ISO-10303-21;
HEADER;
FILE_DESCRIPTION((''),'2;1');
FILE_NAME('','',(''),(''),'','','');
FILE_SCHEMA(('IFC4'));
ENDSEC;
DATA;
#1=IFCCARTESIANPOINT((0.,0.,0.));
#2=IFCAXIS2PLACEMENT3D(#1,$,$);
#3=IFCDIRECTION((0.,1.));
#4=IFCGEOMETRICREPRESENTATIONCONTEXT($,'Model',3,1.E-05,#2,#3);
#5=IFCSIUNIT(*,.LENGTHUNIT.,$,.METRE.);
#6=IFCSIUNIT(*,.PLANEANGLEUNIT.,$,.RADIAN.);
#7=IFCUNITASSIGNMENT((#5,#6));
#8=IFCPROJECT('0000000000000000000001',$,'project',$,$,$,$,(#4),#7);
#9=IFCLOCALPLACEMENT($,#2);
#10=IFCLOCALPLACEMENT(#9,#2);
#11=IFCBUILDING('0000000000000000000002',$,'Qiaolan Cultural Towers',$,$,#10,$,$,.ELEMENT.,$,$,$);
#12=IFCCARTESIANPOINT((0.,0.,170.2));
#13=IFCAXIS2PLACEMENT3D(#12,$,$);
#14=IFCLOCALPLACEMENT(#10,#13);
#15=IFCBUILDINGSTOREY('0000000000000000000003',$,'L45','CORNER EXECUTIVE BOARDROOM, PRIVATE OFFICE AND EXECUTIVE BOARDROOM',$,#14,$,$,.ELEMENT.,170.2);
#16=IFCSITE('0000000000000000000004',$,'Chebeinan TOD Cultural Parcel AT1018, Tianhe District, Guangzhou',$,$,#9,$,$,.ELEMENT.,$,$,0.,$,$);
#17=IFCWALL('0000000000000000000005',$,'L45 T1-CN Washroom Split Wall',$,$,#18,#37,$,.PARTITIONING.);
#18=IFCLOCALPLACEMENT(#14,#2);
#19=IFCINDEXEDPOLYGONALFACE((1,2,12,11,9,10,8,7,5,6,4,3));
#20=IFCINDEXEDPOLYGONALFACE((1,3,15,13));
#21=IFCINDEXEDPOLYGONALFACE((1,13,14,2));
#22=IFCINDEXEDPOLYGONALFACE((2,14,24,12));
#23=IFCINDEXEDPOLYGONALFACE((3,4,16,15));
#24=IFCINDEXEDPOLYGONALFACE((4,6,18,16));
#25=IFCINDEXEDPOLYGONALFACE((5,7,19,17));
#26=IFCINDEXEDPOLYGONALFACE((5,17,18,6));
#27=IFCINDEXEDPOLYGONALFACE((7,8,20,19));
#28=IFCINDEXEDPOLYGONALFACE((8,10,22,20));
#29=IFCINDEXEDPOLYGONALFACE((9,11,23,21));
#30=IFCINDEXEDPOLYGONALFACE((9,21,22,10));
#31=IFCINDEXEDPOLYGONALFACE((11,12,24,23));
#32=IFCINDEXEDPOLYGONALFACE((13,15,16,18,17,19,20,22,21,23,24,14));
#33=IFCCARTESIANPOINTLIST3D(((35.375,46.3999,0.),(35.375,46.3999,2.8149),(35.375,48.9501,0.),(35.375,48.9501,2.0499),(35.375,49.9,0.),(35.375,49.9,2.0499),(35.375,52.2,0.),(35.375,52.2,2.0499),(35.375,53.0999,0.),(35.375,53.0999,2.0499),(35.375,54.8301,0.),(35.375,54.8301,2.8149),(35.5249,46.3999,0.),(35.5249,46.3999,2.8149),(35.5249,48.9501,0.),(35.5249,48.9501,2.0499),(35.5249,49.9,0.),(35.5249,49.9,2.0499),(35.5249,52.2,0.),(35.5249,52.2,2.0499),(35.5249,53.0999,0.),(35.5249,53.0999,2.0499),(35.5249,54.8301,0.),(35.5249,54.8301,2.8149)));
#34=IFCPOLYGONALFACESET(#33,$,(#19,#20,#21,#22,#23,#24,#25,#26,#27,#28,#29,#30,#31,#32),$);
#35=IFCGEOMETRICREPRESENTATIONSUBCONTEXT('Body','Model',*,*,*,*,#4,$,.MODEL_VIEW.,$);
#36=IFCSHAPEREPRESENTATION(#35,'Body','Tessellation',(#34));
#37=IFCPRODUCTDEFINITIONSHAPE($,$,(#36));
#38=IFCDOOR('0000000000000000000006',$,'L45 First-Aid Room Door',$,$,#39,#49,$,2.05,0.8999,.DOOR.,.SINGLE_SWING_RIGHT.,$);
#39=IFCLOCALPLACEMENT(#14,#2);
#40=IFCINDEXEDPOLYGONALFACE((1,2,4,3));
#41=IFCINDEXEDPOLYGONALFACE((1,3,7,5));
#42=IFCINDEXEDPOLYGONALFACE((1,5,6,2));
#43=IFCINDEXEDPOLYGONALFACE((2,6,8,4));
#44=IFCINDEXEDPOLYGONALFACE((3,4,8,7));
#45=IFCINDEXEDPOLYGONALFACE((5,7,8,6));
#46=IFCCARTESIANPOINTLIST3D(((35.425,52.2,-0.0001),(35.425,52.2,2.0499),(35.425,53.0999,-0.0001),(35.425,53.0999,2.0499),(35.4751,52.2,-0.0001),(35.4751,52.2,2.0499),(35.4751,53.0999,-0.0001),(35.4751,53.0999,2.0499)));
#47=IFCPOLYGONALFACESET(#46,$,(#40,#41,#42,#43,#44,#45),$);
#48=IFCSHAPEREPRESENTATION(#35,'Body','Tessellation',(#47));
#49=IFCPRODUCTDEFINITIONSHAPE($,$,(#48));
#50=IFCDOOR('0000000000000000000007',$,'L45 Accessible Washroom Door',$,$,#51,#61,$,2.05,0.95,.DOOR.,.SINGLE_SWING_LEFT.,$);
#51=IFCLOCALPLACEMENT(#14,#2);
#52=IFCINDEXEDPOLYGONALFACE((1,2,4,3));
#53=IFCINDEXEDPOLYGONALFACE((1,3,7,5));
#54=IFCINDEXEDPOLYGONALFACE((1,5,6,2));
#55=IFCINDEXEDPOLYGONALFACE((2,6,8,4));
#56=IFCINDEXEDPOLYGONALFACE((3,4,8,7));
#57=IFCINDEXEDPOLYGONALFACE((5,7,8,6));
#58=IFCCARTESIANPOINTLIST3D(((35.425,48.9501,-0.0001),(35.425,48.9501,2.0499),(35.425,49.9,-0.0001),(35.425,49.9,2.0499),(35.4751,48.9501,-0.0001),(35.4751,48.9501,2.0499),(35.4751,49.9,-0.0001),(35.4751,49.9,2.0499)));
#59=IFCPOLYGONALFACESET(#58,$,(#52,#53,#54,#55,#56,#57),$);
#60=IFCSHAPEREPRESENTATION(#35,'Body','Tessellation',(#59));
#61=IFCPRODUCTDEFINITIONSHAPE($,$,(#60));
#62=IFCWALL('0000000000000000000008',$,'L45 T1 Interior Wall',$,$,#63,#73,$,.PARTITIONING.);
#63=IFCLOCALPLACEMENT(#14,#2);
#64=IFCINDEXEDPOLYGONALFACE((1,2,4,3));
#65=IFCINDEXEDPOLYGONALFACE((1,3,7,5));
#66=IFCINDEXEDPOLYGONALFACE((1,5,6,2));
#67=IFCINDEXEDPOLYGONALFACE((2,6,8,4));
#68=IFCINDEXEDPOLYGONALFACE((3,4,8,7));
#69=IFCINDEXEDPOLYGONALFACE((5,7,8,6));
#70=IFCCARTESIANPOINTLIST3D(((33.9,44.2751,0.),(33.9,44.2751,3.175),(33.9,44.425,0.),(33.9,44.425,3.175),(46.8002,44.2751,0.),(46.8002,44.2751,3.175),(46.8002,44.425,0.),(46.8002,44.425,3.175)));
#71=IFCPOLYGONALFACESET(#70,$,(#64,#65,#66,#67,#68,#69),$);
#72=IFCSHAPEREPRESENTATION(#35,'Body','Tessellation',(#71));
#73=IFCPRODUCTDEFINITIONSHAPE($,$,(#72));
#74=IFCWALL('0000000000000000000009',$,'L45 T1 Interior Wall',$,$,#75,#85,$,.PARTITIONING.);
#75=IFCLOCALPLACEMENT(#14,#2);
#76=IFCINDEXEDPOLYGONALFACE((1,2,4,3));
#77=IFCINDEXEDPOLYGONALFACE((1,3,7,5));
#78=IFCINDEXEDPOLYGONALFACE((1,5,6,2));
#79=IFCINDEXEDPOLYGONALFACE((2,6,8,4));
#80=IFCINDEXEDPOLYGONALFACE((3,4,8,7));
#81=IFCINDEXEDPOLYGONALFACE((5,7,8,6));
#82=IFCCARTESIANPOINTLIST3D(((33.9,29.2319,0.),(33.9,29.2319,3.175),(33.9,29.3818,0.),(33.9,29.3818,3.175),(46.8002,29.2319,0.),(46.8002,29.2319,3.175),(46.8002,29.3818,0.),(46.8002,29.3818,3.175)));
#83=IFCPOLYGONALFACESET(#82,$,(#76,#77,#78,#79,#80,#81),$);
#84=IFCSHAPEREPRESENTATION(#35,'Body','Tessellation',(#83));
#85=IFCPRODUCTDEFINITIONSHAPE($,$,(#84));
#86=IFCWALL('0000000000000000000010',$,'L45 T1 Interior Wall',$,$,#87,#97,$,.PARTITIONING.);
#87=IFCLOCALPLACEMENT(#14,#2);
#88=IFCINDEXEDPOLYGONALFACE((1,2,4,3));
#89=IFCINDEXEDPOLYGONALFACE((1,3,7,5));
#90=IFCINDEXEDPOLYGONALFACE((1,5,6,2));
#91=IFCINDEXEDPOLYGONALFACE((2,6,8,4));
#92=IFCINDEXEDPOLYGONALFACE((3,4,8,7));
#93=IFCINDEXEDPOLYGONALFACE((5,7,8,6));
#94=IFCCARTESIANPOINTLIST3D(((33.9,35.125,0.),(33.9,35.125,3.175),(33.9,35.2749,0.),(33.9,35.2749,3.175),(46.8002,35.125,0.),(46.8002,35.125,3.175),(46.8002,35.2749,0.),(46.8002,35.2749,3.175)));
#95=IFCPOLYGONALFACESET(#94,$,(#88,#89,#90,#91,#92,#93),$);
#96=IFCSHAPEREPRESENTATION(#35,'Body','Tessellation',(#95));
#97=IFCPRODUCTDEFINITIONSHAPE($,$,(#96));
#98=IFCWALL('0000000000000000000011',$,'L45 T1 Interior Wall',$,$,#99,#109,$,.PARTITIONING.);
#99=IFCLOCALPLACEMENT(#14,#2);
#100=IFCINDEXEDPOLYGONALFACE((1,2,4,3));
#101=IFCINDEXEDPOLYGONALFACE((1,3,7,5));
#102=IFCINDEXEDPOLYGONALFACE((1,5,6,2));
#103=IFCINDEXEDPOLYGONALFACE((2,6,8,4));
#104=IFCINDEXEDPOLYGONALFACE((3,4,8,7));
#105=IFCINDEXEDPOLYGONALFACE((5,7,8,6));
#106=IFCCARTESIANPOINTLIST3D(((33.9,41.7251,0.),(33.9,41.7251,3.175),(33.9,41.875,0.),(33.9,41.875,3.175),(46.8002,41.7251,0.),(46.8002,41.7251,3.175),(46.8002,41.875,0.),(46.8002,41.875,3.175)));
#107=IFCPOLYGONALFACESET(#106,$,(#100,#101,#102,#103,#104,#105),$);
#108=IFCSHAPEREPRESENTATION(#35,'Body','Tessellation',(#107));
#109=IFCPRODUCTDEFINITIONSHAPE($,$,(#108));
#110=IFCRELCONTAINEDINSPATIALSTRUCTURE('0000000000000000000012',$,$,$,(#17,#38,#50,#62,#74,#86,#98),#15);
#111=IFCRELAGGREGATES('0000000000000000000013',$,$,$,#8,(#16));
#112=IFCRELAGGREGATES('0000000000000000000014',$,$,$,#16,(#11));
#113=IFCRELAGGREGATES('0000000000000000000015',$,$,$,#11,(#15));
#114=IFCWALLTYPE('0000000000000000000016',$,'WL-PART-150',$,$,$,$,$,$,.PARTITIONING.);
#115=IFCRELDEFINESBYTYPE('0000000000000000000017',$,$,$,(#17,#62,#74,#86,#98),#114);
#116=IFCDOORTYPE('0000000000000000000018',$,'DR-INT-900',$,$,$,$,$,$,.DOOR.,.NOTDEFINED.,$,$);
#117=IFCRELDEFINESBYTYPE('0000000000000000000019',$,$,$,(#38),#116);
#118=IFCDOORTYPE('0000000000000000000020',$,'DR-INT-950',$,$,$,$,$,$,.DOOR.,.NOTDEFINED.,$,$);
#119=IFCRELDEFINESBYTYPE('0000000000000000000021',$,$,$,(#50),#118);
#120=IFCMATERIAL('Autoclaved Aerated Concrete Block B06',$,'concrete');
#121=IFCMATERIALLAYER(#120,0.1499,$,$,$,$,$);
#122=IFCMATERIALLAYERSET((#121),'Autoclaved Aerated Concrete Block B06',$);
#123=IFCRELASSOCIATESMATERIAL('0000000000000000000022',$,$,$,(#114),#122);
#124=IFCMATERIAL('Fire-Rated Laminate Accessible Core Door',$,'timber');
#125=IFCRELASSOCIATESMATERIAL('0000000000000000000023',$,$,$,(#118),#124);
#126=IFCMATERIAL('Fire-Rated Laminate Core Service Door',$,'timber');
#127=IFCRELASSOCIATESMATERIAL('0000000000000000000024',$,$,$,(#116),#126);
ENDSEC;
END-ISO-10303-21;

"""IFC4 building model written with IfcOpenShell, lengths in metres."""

from ifc_helpers import new_model, si_unit, direction, frame, frame_2d, origin, place, context, subcontext, project, spatial, rectangle, extrude, material, layer, layer_set, type_object, element, fill, save


model = new_model("IFC4")

# Units and contexts
model_context = context("Model", 3, precision=1e-05, world=origin(), true_north=direction((0.0, 1.0)))
body_context = subcontext(model_context, "Body", "Model", "MODEL_VIEW")
ifc_project = project(units=[si_unit("LENGTHUNIT", "METRE"), si_unit("PLANEANGLEUNIT", "RADIAN")], contexts=[model_context])

# Site, building, storey
site_placement = place(None, origin())
site = spatial("IfcSite", under=ifc_project, at=site_placement, Name="Chebeinan TOD Cultural Parcel AT1018, Tianhe District, Guangzhou", CompositionType="ELEMENT", RefElevation=0.0)
building_placement = place(site_placement, origin())
building = spatial("IfcBuilding", under=site, at=building_placement, Name="Qiaolan Cultural Towers", CompositionType="ELEMENT")
storey_placement = place(building_placement, frame((0.0, 0.0, 170.2)))
storey = spatial("IfcBuildingStorey", under=building, at=storey_placement, Name="L45", Description="CORNER EXECUTIVE BOARDROOM, PRIVATE OFFICE AND EXECUTIVE BOARDROOM", CompositionType="ELEMENT", Elevation=170.2)

# Shared definitions
ifc_material_1 = material(Name="Autoclaved Aerated Concrete Block B06", Category="concrete")
ifc_layer_1 = layer(ifc_material_1, 0.1499)
ifc_layer_set_1 = layer_set([ifc_layer_1], Name="Autoclaved Aerated Concrete Block B06")
wall_type_1 = type_object("IfcWallType", Name="WL-PART-150", PredefinedType="PARTITIONING", material=ifc_layer_set_1)
ifc_material_2 = material(Name="Fire-Rated Laminate Accessible Core Door", Category="timber")
door_type_1 = type_object("IfcDoorType", Name="DR-INT-950", OperationType="NOTDEFINED", PredefinedType="DOOR", material=ifc_material_2)

# Wall, openings, doors
wall_1_placement = place(storey_placement, frame((35.45, 46.3999, 0.0), z_axis=(0.0, 0.0, 1.0), x_axis=(0.0, 1.0, 0.0)))
wall_1 = element("IfcWall", 1, at=wall_1_placement, inside=storey, type_object=wall_type_1, Name="L45 T1-CN Washroom Split Wall", PredefinedType="PARTITIONING", context=body_context, shape_type="SweptSolid", body=[
    extrude(rectangle(XDim=8.4302, YDim=0.1499, at=frame_2d((4.2151, 0.0))), origin(), (0.0, 0.0, 1.0), 2.8149),
])
opening_1_placement = place(wall_1_placement, frame((2.55, 0.0, 0.0)))
opening_1 = element("IfcOpeningElement", 2, at=opening_1_placement, cuts=wall_1, PredefinedType="OPENING", context=body_context, shape_type="SweptSolid", body=[
    extrude(rectangle(XDim=0.95, YDim=2.05, at=frame_2d((0.4751, 1.0249))), frame((0.0, 0.085, 0.0), z_axis=(0.0, -1.0, 0.0), x_axis=(1.0, 0.0, 0.0)), (0.0, 0.0, 1.0), 0.1699),
])
opening_2_placement = place(wall_1_placement, frame((5.8, 0.0, 0.0)))
opening_2 = element("IfcOpeningElement", 3, at=opening_2_placement, cuts=wall_1, PredefinedType="OPENING", context=body_context, shape_type="SweptSolid", body=[
    extrude(rectangle(XDim=0.8999, YDim=2.05, at=frame_2d((0.45, 1.0249))), frame((0.0, 0.085, 0.0), z_axis=(0.0, -1.0, 0.0), x_axis=(1.0, 0.0, 0.0)), (0.0, 0.0, 1.0), 0.1699),
])
ifc_material_3 = material(Name="Fire-Rated Laminate Core Service Door", Category="timber")
door_type_2 = type_object("IfcDoorType", Name="DR-INT-900", OperationType="NOTDEFINED", PredefinedType="DOOR", material=ifc_material_3)
door_1_placement = place(opening_2_placement, origin())
door_1 = element("IfcDoor", 4, at=door_1_placement, inside=storey, type_object=door_type_2, Name="L45 First-Aid Room Door", OperationType="SINGLE_SWING_RIGHT", OverallHeight=2.05, OverallWidth=0.8999, PredefinedType="DOOR", context=body_context, shape_type="SweptSolid", body=[
    extrude(rectangle(XDim=0.8999, YDim=2.05, at=frame_2d((0.45, 1.0249))), frame((0.0, 0.0249, 0.0), z_axis=(0.0, -1.0, 0.0), x_axis=(1.0, 0.0, 0.0)), (0.0, 0.0, 1.0), 0.05),
])
fill(opening_2, door_1)
door_2_placement = place(opening_1_placement, origin())
door_2 = element("IfcDoor", 5, at=door_2_placement, inside=storey, type_object=door_type_1, Name="L45 Accessible Washroom Door", OperationType="SINGLE_SWING_LEFT", OverallHeight=2.05, OverallWidth=0.95, PredefinedType="DOOR", context=body_context, shape_type="SweptSolid", body=[
    extrude(rectangle(XDim=0.95, YDim=2.05, at=frame_2d((0.4751, 1.0249))), frame((0.0, 0.0249, 0.0), z_axis=(0.0, -1.0, 0.0), x_axis=(1.0, 0.0, 0.0)), (0.0, 0.0, 1.0), 0.05),
])
fill(opening_1, door_2)

# Walls
for number, where, z_axis, x_axis, name in (
    (6, (33.8999, 44.3501, 0.0), (0.0, 0.0, 1.0), (1.0, 0.0, 0.0), "L45 T1 Interior Wall"),
    (7, (33.8999, 29.3069, 0.0), (0.0, 0.0, 1.0), (1.0, 0.0, 0.0), "L45 T1 Interior Wall"),
    (8, (33.8999, 35.2, 0.0), (0.0, 0.0, 1.0), (1.0, 0.0, 0.0), "L45 T1 Interior Wall"),
    (9, (33.8999, 41.8, 0.0), (0.0, 0.0, 1.0), (1.0, 0.0, 0.0), "L45 T1 Interior Wall"),
):
    element("IfcWall", number, at=place(storey_placement, frame(where, z_axis=z_axis, x_axis=x_axis)), inside=storey, type_object=wall_type_1, Name=name, PredefinedType="PARTITIONING", context=body_context, shape_type="SweptSolid", body=[
        extrude(rectangle(XDim=12.9001, YDim=0.1499, at=frame_2d((6.4502, 0.0))), origin(), (0.0, 0.0, 1.0), 3.175),
    ])

save(model, "model.ifc")
